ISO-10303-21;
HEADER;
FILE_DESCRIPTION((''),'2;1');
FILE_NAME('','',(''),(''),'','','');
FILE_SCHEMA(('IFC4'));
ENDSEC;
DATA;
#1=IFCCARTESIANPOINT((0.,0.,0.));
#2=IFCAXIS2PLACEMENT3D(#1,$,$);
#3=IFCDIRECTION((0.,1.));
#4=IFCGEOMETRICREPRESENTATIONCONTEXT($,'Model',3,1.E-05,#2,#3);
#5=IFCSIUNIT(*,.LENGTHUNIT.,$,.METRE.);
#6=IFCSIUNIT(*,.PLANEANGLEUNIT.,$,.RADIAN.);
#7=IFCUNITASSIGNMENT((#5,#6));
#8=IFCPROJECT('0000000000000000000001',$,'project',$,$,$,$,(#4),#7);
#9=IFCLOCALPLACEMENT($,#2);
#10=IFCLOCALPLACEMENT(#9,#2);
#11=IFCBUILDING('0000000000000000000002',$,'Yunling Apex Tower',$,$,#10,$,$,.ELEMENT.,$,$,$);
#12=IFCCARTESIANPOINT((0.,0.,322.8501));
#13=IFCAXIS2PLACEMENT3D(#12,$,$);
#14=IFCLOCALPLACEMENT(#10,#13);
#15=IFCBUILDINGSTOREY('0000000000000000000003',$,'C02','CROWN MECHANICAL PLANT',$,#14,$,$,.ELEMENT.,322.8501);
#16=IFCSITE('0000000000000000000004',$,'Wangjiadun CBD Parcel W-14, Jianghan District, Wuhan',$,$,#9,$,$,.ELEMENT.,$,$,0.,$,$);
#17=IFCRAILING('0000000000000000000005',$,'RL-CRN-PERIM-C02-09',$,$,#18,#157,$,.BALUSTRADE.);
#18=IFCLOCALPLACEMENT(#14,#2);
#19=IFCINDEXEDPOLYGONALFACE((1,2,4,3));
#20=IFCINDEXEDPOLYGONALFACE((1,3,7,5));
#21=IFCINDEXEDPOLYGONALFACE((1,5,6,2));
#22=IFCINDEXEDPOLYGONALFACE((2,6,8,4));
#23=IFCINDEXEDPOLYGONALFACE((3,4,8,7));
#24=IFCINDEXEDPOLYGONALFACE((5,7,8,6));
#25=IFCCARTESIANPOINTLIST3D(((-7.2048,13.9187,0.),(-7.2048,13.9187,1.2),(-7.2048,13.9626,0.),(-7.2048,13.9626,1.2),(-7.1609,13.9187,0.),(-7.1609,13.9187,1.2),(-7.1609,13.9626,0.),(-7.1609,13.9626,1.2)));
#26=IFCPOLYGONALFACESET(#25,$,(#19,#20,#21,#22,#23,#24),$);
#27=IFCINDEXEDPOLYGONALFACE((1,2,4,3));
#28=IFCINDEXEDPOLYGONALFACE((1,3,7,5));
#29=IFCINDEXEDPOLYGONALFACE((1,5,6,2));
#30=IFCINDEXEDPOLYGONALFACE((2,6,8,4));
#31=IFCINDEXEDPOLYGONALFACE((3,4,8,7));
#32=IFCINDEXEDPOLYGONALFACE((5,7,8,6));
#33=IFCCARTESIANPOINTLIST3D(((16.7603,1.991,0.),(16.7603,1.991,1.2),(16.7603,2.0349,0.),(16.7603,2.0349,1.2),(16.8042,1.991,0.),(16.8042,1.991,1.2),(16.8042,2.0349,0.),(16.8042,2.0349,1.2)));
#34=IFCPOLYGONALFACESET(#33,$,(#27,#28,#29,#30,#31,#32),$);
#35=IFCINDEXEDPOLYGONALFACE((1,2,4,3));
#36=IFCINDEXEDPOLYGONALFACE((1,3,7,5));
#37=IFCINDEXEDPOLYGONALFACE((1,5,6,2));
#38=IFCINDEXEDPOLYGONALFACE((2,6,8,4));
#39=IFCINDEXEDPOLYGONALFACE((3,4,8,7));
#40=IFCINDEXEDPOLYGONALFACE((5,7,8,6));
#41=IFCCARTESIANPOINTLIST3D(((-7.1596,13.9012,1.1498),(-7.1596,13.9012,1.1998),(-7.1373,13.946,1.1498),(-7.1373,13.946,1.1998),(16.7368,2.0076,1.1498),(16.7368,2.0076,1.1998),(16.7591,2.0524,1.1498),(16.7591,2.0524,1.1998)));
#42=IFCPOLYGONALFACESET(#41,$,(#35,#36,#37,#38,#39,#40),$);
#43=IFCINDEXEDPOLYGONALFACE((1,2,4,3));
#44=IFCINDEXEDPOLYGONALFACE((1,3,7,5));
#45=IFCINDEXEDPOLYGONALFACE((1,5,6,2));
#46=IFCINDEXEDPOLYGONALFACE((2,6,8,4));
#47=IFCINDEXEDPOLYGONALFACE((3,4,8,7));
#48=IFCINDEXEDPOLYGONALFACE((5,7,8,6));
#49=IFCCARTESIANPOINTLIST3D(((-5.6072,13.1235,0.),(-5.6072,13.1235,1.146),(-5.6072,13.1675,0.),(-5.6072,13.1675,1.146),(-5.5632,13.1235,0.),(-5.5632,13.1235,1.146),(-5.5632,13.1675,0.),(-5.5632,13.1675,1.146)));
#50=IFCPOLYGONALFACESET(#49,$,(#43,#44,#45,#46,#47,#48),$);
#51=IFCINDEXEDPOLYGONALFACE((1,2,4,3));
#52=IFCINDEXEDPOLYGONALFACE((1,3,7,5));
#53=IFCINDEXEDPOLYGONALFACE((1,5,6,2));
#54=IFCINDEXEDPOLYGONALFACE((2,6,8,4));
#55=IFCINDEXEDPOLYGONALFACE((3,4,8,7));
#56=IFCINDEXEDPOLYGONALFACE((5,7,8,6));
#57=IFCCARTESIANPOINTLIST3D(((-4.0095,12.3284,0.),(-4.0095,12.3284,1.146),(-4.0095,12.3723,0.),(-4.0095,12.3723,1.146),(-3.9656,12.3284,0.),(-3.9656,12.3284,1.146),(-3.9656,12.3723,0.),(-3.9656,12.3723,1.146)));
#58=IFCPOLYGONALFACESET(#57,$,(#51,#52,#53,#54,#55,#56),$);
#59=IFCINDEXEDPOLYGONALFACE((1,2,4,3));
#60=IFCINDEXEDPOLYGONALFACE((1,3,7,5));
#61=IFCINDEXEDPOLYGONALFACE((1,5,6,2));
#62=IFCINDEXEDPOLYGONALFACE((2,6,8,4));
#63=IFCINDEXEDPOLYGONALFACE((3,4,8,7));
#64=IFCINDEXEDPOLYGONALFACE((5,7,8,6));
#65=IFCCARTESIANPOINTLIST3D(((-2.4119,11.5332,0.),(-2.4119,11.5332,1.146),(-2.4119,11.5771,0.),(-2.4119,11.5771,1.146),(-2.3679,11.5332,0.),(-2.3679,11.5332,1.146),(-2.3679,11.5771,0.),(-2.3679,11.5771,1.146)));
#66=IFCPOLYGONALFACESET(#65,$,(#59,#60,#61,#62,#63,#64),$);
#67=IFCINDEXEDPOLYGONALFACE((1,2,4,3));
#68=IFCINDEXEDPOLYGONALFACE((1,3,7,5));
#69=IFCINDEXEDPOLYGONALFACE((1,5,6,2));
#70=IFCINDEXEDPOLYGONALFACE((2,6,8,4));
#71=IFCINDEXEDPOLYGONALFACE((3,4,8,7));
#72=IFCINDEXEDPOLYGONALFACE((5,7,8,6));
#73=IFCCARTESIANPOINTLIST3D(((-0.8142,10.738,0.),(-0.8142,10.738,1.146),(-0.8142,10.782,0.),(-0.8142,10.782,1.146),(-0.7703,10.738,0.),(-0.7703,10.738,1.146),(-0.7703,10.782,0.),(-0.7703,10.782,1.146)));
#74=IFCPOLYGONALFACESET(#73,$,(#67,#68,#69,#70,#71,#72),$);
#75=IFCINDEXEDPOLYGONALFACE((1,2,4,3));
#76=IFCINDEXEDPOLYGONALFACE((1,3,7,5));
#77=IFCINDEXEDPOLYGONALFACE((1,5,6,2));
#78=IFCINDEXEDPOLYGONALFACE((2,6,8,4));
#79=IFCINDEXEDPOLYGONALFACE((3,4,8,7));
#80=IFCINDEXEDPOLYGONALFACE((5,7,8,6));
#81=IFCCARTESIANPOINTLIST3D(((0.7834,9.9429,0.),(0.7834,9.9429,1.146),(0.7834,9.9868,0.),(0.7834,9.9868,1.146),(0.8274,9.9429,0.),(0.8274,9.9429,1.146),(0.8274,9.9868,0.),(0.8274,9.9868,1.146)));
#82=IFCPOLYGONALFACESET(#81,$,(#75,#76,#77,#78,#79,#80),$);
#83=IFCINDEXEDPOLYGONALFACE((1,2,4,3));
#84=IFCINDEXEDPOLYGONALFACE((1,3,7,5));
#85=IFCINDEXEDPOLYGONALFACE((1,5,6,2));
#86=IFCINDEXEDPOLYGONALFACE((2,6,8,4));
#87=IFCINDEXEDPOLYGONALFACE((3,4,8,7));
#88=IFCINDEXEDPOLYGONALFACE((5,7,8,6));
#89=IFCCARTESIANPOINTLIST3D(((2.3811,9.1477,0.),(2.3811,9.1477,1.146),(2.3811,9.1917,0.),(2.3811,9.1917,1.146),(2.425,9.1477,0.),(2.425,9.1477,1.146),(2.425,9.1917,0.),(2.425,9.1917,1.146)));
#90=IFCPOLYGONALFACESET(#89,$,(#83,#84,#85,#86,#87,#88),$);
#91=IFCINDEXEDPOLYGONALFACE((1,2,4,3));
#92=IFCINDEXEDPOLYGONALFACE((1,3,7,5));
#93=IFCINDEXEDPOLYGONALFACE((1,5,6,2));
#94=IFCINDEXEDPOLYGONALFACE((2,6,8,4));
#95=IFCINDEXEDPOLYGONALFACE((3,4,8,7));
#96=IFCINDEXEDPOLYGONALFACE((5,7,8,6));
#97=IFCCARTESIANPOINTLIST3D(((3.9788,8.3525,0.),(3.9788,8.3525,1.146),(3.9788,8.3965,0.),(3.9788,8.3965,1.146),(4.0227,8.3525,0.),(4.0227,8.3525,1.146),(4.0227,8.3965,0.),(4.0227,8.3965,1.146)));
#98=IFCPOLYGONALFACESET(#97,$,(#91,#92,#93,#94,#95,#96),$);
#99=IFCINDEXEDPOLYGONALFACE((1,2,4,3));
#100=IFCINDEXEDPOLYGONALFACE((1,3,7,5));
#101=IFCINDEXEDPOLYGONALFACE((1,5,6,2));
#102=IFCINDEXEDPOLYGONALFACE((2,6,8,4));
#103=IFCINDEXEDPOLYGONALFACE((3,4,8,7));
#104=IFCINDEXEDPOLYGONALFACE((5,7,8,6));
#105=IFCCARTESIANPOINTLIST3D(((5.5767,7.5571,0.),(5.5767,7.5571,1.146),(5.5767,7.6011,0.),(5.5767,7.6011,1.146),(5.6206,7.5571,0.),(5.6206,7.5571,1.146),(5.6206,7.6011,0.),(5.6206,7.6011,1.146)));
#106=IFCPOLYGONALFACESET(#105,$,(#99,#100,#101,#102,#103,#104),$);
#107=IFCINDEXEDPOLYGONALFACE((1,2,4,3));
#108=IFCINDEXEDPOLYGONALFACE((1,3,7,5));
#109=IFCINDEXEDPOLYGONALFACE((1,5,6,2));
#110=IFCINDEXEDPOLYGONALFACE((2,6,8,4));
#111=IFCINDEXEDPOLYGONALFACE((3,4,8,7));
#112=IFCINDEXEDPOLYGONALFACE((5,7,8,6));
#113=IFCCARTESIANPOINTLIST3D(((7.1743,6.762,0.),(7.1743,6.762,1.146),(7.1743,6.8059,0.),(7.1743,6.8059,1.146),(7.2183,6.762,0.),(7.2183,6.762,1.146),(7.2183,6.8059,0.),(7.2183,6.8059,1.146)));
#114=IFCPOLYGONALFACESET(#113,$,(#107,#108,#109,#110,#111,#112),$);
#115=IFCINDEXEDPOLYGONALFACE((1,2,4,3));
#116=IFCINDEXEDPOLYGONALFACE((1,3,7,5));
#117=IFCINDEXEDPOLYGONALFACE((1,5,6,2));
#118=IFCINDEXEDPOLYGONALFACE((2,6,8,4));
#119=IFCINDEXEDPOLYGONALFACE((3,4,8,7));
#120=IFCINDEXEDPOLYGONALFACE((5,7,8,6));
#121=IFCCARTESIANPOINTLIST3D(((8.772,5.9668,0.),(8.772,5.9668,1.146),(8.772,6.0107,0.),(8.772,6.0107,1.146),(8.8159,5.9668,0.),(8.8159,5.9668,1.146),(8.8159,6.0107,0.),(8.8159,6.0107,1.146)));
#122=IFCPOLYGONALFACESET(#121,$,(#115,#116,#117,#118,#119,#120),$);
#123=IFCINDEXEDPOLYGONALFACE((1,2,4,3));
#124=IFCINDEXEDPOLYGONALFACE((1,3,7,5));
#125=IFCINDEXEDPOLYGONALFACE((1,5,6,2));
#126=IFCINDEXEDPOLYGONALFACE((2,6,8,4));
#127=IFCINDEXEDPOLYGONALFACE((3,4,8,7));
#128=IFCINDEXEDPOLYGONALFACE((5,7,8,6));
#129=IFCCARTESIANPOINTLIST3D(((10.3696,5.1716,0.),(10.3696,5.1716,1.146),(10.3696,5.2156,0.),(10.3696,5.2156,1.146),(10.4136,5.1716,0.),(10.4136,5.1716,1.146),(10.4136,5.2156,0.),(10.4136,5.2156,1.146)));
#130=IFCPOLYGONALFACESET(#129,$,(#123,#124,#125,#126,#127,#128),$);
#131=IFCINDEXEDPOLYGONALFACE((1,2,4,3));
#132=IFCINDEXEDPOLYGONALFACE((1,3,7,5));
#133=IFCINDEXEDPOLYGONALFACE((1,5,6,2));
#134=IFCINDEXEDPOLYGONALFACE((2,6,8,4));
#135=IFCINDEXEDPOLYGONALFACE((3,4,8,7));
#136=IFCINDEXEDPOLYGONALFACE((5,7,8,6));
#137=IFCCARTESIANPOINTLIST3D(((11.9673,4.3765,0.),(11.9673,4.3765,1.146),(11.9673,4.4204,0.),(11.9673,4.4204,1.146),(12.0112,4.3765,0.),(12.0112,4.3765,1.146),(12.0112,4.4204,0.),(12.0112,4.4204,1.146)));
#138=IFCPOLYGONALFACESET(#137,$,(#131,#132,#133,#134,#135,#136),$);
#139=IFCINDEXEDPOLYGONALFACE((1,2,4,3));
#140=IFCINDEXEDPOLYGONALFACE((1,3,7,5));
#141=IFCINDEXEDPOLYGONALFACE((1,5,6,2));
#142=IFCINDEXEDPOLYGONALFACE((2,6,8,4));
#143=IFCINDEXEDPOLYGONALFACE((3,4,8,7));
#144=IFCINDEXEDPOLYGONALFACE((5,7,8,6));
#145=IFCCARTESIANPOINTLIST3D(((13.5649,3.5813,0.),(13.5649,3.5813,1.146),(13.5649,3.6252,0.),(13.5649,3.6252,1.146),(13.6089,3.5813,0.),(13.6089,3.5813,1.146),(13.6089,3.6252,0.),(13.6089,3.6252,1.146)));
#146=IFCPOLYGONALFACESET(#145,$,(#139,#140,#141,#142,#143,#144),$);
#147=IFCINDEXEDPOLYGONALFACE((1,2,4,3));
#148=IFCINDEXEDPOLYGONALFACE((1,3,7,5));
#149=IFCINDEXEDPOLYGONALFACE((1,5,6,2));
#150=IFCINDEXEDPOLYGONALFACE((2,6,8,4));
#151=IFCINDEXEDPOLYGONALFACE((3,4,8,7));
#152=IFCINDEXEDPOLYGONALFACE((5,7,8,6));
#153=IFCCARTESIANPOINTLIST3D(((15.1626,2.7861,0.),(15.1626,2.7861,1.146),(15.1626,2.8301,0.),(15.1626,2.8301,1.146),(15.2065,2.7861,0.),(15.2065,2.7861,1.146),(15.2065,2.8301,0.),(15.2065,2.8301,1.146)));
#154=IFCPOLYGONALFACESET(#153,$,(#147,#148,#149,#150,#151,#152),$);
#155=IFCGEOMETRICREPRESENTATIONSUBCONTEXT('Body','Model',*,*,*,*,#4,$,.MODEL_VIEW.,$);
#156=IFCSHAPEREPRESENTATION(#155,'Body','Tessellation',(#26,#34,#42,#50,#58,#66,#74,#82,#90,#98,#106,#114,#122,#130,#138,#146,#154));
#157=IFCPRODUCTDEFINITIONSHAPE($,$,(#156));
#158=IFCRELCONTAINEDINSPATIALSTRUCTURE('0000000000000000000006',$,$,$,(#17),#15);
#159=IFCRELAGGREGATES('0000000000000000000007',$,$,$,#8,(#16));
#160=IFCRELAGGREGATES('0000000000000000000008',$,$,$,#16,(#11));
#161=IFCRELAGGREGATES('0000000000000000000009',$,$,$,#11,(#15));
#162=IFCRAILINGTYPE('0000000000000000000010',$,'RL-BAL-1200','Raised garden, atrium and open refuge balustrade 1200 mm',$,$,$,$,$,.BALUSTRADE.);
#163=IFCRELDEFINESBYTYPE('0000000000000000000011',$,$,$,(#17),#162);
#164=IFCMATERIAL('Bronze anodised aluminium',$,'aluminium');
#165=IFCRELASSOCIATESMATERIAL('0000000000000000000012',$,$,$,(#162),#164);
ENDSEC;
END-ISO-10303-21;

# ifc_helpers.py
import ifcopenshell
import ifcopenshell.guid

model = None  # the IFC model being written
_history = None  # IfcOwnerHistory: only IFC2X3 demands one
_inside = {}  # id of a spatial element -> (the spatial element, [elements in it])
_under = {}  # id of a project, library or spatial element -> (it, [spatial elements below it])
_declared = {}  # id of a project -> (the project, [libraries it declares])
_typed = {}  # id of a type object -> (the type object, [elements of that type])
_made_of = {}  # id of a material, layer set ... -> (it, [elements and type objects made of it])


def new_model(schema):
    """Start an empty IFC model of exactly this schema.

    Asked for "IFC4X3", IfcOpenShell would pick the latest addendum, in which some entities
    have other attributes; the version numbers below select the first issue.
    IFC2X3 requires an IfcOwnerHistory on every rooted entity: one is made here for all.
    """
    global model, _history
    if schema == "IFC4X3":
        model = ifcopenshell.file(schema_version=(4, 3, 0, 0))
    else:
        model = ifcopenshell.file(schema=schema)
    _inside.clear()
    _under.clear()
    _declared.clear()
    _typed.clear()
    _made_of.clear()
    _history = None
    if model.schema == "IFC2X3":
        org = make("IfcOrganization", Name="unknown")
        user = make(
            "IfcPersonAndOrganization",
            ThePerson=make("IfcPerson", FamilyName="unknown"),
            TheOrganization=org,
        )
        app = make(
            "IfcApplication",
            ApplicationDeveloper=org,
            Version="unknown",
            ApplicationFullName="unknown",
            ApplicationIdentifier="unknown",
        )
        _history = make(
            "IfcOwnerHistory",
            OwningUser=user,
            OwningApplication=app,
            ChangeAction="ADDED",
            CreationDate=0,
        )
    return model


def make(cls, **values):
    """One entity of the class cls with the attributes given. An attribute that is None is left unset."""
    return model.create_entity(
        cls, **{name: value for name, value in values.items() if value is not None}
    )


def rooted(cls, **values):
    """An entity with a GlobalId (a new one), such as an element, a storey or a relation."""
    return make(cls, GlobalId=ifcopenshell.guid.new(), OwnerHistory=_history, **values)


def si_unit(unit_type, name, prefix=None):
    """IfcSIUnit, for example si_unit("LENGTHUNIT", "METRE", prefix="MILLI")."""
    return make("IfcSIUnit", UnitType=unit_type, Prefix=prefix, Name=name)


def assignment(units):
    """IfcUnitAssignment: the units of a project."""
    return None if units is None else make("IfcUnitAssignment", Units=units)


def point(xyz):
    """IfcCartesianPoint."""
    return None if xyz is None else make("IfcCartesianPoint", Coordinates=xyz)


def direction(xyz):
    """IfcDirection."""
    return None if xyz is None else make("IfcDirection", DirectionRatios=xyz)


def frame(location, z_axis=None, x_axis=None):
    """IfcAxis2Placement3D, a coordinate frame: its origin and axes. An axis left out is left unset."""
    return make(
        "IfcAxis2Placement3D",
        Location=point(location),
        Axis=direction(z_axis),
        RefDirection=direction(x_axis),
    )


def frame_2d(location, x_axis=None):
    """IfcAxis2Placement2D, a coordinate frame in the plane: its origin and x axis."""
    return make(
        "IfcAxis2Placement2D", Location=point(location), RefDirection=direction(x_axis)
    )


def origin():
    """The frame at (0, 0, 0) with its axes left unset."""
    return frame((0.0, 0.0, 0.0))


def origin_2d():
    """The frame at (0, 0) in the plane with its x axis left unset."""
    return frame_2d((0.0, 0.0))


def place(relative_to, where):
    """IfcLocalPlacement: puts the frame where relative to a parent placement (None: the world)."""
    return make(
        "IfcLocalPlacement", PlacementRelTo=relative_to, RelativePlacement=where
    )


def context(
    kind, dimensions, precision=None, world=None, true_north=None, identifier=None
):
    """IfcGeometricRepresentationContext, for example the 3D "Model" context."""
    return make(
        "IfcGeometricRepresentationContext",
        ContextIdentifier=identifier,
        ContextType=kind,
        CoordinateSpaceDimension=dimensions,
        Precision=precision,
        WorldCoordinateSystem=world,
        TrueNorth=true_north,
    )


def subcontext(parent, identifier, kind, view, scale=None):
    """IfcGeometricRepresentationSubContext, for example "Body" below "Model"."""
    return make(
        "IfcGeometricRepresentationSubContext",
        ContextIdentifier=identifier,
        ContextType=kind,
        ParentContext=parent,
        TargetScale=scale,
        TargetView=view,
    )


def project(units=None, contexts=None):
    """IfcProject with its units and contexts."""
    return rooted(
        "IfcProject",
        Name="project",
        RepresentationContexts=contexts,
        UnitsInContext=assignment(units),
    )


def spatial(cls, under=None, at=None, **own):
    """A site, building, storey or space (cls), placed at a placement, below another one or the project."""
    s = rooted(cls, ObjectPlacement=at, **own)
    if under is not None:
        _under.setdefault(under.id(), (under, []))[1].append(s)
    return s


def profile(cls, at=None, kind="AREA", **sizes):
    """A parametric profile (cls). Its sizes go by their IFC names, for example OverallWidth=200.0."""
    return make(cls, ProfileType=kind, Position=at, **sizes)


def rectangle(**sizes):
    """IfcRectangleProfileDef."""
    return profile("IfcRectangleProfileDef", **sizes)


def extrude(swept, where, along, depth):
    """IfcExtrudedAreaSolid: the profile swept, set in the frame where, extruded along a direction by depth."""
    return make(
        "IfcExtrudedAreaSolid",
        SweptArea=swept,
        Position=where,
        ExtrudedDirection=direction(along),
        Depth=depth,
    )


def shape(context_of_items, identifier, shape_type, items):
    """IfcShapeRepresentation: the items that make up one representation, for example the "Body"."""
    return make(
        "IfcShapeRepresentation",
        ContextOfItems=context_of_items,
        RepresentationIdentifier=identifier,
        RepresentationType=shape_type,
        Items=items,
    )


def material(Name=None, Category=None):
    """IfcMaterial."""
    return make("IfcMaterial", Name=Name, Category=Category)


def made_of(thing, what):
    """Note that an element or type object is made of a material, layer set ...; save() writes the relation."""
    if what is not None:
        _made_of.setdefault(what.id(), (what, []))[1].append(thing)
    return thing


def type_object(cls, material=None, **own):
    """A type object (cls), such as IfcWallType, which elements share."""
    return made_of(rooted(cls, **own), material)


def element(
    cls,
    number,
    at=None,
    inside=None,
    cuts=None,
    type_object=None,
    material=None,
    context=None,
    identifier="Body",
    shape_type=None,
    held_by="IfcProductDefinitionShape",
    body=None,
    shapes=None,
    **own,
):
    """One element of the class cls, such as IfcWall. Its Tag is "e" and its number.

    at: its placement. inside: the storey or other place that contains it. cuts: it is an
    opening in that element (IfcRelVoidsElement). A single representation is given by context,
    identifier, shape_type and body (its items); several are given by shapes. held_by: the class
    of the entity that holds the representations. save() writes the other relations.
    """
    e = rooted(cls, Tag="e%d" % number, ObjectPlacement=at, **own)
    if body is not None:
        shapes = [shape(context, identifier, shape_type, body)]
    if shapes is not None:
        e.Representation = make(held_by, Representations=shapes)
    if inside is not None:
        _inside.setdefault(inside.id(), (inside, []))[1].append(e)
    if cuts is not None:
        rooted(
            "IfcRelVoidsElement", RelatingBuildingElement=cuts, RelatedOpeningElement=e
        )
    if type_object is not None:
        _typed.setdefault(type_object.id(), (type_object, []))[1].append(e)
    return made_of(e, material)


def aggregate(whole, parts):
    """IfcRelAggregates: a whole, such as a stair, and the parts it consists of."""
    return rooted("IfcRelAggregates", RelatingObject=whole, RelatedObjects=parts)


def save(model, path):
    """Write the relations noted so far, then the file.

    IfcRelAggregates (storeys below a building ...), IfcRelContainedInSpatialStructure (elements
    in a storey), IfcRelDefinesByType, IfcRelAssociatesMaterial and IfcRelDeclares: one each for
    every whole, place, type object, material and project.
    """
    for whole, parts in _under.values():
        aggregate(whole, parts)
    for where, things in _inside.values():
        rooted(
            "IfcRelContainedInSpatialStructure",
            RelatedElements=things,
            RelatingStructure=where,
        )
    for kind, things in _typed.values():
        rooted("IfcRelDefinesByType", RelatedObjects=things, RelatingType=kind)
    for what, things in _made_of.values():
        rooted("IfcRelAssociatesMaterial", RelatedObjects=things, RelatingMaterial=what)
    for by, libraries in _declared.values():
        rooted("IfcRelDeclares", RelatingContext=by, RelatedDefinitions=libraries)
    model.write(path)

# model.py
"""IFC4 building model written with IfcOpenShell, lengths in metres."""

from ifc_helpers import new_model, si_unit, direction, frame, origin, origin_2d, place, context, subcontext, project, spatial, rectangle, extrude, material, type_object, element, save


model = new_model("IFC4")

# Units and contexts
model_context = context("Model", 3, precision=1e-05, world=origin(), true_north=direction((0.0, 1.0)))
body_context = subcontext(model_context, "Body", "Model", "MODEL_VIEW")
ifc_project = project(units=[si_unit("LENGTHUNIT", "METRE"), si_unit("PLANEANGLEUNIT", "RADIAN")], contexts=[model_context])

# Site, building, storey
site_placement = place(None, origin())
site = spatial("IfcSite", under=ifc_project, at=site_placement, Name="Wangjiadun CBD Parcel W-14, Jianghan District, Wuhan", CompositionType="ELEMENT", RefElevation=0.0)
building_placement = place(site_placement, origin())
building = spatial("IfcBuilding", under=site, at=building_placement, Name="Yunling Apex Tower", CompositionType="ELEMENT")
storey_placement = place(building_placement, frame((0.0, 0.0, 322.8501)))
storey = spatial("IfcBuildingStorey", under=building, at=storey_placement, Name="C02", Description="CROWN MECHANICAL PLANT", CompositionType="ELEMENT", Elevation=322.8501)

# Shared definitions
ifc_material_1 = material(Name="Bronze anodised aluminium", Category="aluminium")

# Railing
railing_type = type_object("IfcRailingType", Name="RL-BAL-1200", Description="Raised garden, atrium and open refuge balustrade 1200 mm", PredefinedType="BALUSTRADE", material=ifc_material_1)
railing_1_placement = place(storey_placement, frame((-7.1829, 13.9407, 0.0)))
element("IfcRailing", 1, at=railing_1_placement, inside=storey, type_object=railing_type, Name="RL-CRN-PERIM-C02-09", PredefinedType="BALUSTRADE", context=body_context, shape_type="SweptSolid", body=[
    extrude(rectangle(XDim=0.0439, YDim=0.0439, at=origin_2d()), origin(), (0.0, 0.0, 1.0), 1.2),
    extrude(rectangle(XDim=0.0439, YDim=0.0439, at=origin_2d()), frame((23.9651, -11.9277, 0.0)), (0.0, 0.0, 1.0), 1.2),
    extrude(rectangle(XDim=0.05, YDim=0.05, at=origin_2d()), frame((0.0344, -0.0171, 1.1748), z_axis=(0.895245, -0.445575, 0.0), x_axis=(0.445575, 0.895245, 0.0)), (0.0, 0.0, 1.0), 26.6926),
    extrude(rectangle(XDim=0.0439, YDim=0.0439, at=origin_2d()), frame((1.5977, -0.7952, 0.0)), (0.0, 0.0, 1.0), 1.146),
    extrude(rectangle(XDim=0.0439, YDim=0.0439, at=origin_2d()), frame((3.1953, -1.5903, 0.0)), (0.0, 0.0, 1.0), 1.146),
    extrude(rectangle(XDim=0.0439, YDim=0.0439, at=origin_2d()), frame((4.793, -2.3855, 0.0)), (0.0, 0.0, 1.0), 1.146),
    extrude(rectangle(XDim=0.0439, YDim=0.0439, at=origin_2d()), frame((6.3906, -3.1807, 0.0)), (0.0, 0.0, 1.0), 1.146),
    extrude(rectangle(XDim=0.0439, YDim=0.0439, at=origin_2d()), frame((7.9883, -3.9758, 0.0)), (0.0, 0.0, 1.0), 1.146),
    extrude(rectangle(XDim=0.0439, YDim=0.0439, at=origin_2d()), frame((9.5859, -4.771, 0.0)), (0.0, 0.0, 1.0), 1.146),
    extrude(rectangle(XDim=0.0439, YDim=0.0439, at=origin_2d()), frame((11.1836, -5.5662, 0.0)), (0.0, 0.0, 1.0), 1.146),
    extrude(rectangle(XDim=0.0439, YDim=0.0439, at=origin_2d()), frame((12.7815, -6.3616, 0.0)), (0.0, 0.0, 1.0), 1.146),
    extrude(rectangle(XDim=0.0439, YDim=0.0439, at=origin_2d()), frame((14.3792, -7.1567, 0.0)), (0.0, 0.0, 1.0), 1.146),
    extrude(rectangle(XDim=0.0439, YDim=0.0439, at=origin_2d()), frame((15.9768, -7.9519, 0.0)), (0.0, 0.0, 1.0), 1.146),
    extrude(rectangle(XDim=0.0439, YDim=0.0439, at=origin_2d()), frame((17.5745, -8.7471, 0.0)), (0.0, 0.0, 1.0), 1.146),
    extrude(rectangle(XDim=0.0439, YDim=0.0439, at=origin_2d()), frame((19.1721, -9.5422, 0.0)), (0.0, 0.0, 1.0), 1.146),
    extrude(rectangle(XDim=0.0439, YDim=0.0439, at=origin_2d()), frame((20.7698, -10.3374, 0.0)), (0.0, 0.0, 1.0), 1.146),
    extrude(rectangle(XDim=0.0439, YDim=0.0439, at=origin_2d()), frame((22.3674, -11.1326, 0.0)), (0.0, 0.0, 1.0), 1.146),
])

save(model, "model.ifc")
